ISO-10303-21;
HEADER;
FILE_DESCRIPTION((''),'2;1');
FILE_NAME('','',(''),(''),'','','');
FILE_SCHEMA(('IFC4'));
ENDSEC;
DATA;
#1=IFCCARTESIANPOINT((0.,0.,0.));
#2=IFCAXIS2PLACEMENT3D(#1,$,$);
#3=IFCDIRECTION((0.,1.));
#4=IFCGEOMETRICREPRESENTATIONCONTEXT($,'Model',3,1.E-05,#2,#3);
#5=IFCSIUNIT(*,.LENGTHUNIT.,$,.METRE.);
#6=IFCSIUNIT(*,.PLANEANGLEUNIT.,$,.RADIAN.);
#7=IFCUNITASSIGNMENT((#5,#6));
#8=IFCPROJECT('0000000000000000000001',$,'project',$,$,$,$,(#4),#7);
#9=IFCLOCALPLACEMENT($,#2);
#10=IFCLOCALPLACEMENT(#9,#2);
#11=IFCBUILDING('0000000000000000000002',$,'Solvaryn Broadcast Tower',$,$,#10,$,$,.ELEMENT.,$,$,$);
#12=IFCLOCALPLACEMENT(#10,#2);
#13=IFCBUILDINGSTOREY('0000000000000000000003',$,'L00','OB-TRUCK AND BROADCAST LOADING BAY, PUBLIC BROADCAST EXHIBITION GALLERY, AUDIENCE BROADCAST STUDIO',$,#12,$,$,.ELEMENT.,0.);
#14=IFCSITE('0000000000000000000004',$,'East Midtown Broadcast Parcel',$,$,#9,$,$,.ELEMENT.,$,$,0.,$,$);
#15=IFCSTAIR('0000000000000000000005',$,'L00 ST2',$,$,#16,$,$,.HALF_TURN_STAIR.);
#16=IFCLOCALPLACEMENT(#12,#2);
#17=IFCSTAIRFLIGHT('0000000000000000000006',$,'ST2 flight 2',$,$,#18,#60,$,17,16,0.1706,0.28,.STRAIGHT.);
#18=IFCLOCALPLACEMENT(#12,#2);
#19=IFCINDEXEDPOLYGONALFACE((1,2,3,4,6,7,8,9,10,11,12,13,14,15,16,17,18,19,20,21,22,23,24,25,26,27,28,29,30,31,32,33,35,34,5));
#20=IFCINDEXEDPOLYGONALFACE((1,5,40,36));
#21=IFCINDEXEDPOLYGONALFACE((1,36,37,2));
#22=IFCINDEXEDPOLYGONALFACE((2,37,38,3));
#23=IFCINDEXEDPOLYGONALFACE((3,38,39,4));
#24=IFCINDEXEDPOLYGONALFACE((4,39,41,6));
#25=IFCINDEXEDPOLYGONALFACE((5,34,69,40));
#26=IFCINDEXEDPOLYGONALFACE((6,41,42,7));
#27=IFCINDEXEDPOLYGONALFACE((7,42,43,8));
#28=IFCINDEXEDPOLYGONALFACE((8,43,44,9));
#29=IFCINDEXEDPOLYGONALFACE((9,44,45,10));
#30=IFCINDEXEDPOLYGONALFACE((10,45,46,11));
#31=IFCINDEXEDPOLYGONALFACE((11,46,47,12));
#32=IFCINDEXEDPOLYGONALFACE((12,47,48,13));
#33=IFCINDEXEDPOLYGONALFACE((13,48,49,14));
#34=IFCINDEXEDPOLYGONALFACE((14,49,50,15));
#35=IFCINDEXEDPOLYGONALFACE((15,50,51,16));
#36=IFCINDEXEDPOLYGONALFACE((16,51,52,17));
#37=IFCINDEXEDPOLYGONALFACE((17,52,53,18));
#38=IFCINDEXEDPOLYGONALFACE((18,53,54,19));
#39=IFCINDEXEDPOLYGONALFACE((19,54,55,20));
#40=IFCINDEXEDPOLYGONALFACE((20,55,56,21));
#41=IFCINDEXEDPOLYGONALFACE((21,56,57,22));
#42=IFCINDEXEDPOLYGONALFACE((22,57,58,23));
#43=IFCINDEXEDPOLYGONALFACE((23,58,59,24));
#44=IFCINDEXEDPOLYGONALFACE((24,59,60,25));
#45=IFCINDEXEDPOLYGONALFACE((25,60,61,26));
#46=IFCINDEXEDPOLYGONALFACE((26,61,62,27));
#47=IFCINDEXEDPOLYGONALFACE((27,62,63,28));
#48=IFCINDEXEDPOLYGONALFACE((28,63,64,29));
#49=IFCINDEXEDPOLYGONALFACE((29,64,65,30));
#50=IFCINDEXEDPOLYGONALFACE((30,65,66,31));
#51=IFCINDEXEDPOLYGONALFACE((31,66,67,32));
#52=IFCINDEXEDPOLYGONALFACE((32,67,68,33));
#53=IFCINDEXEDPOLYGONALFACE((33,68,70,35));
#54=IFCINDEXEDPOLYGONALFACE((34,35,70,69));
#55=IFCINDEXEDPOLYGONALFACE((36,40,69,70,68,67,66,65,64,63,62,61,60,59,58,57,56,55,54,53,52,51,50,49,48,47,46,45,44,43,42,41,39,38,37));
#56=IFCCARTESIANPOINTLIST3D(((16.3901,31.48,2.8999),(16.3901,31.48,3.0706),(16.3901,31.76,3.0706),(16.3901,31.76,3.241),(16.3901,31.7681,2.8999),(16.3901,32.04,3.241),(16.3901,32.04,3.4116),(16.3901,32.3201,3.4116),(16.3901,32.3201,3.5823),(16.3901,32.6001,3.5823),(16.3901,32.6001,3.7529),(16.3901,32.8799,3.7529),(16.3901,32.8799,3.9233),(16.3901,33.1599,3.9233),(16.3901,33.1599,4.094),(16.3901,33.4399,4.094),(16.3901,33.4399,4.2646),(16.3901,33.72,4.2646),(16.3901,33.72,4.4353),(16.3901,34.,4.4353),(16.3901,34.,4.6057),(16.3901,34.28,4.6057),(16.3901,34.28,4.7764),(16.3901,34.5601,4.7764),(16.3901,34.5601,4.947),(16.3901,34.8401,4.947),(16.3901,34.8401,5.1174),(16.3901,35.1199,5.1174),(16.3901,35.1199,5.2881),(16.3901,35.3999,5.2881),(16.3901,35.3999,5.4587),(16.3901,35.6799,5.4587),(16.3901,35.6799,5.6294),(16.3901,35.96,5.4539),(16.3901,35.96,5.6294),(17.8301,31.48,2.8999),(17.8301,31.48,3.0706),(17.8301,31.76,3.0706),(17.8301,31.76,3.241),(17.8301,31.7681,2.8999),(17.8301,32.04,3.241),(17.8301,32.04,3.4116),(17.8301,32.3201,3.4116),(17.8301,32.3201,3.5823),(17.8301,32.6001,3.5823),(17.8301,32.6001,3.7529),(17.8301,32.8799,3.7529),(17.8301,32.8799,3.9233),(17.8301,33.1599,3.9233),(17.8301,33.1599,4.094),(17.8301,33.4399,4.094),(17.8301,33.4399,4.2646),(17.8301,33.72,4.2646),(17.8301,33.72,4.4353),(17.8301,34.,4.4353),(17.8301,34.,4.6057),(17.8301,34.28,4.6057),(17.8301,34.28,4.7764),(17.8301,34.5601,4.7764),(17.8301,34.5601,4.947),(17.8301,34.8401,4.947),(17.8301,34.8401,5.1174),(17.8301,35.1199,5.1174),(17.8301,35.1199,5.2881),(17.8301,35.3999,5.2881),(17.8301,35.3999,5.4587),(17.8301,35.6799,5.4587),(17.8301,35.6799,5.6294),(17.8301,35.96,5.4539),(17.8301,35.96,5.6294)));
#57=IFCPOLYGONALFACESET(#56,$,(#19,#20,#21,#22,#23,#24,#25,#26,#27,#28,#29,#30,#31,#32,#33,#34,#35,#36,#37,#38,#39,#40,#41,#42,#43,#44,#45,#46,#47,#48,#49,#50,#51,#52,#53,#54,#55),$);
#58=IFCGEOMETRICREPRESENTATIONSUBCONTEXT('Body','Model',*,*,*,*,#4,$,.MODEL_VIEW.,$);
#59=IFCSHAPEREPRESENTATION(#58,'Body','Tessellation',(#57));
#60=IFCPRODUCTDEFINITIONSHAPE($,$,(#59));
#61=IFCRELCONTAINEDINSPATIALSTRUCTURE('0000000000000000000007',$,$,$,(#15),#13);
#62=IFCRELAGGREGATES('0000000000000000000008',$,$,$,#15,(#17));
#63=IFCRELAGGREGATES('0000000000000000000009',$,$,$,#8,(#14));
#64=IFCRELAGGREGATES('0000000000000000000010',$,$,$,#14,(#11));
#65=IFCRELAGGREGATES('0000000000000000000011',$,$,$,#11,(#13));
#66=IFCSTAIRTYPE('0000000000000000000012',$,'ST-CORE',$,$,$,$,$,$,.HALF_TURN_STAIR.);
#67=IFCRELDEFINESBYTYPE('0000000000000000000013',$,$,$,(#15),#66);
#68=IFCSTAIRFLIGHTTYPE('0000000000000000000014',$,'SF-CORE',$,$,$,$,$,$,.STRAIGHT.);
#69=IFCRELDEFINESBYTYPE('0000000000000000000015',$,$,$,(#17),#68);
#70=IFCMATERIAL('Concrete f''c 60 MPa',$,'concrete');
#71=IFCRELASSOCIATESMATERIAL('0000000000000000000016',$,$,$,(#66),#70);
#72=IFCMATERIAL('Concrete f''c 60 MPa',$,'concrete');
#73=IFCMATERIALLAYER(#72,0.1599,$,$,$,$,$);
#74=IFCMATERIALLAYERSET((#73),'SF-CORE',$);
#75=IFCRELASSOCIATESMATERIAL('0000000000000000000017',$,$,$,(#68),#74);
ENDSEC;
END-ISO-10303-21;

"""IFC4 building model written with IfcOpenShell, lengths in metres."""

from ifc_helpers import new_model, si_unit, direction, frame, origin, place, context, subcontext, project, spatial, polyline, outline, extrude, material, layer, layer_set, type_object, element, aggregate, save


model = new_model("IFC4")

# Units and contexts
model_context = context("Model", 3, precision=1e-05, world=origin(), true_north=direction((0.0, 1.0)))
body_context = subcontext(model_context, "Body", "Model", "MODEL_VIEW")
ifc_project = project(units=[si_unit("LENGTHUNIT", "METRE"), si_unit("PLANEANGLEUNIT", "RADIAN")], contexts=[model_context])

# Site, building, storey
site_placement = place(None, origin())
site = spatial("IfcSite", under=ifc_project, at=site_placement, Name="East Midtown Broadcast Parcel", CompositionType="ELEMENT", RefElevation=0.0)
building_placement = place(site_placement, origin())
building = spatial("IfcBuilding", under=site, at=building_placement, Name="Solvaryn Broadcast Tower", CompositionType="ELEMENT")
storey_placement = place(building_placement, origin())
storey = spatial("IfcBuildingStorey", under=building, at=storey_placement, Name="L00", Description="OB-TRUCK AND BROADCAST LOADING BAY, PUBLIC BROADCAST EXHIBITION GALLERY, AUDIENCE BROADCAST STUDIO", CompositionType="ELEMENT", Elevation=0.0)

# Shared definitions
ifc_material_1 = material(Name="Concrete f'c 60 MPa", Category="concrete")
stair_type = type_object("IfcStairType", Name="ST-CORE", PredefinedType="HALF_TURN_STAIR", material=ifc_material_1)
ifc_material_2 = material(Name="Concrete f'c 60 MPa", Category="concrete")
ifc_layer_1 = layer(ifc_material_2, 0.1599)
ifc_layer_set_1 = layer_set([ifc_layer_1], Name="SF-CORE")
stair_flight_type = type_object("IfcStairFlightType", Name="SF-CORE", PredefinedType="STRAIGHT", material=ifc_layer_set_1)

# Stair, stair flight
stair_1_placement = place(storey_placement, origin())
stair_1 = element("IfcStair", 1, at=stair_1_placement, inside=storey, type_object=stair_type, Name="L00 ST2", PredefinedType="HALF_TURN_STAIR")
stair_flight_1_placement = place(storey_placement, frame((17.1101, 31.48, 2.8999), z_axis=(0.0, 0.0, 1.0), x_axis=(0.0, 1.0, 0.0)))
stair_flight_1 = element("IfcStairFlight", 2, at=stair_flight_1_placement, type_object=stair_flight_type, Name="ST2 flight 2", NumberOfRisers=17, NumberOfTreads=16, PredefinedType="STRAIGHT", RiserHeight=0.1706, TreadLength=0.28, context=body_context, shape_type="SweptSolid", body=[
    extrude(outline(polyline([(0.0, 0.0), (0.0, 0.1707), (0.28, 0.1707), (0.28, 0.3411), (0.5601, 0.3411), (0.5601, 0.5117), (0.8401, 0.5117), (0.8401, 0.6824), (1.1201, 0.6824), (1.1201, 0.853), (1.3999, 0.853), (1.3999, 1.0234), (1.6799, 1.0234), (1.6799, 1.1941), (1.96, 1.1941), (1.96, 1.3647), (2.24, 1.3647), (2.24, 1.5354), (2.52, 1.5354), (2.52, 1.7058), (2.8, 1.7058), (2.8, 1.8765), (3.0801, 1.8765), (3.0801, 2.0471), (3.3601, 2.0471), (3.3601, 2.2175), (3.6399, 2.2175), (3.6399, 2.3882), (3.9199, 2.3882), (3.9199, 2.5588), (4.2, 2.5588), (4.2, 2.7295), (4.48, 2.7295), (4.48, 2.8999), (4.48, 2.554), (0.2881, 0.0), (0.0, 0.0)])), frame((0.0, 0.72, 0.0), z_axis=(0.0, -1.0, 0.0), x_axis=(1.0, 0.0, 0.0)), (0.0, 0.0, 1.0), 1.4399),
])
aggregate(stair_1, [stair_flight_1])

save(model, "model.ifc")
